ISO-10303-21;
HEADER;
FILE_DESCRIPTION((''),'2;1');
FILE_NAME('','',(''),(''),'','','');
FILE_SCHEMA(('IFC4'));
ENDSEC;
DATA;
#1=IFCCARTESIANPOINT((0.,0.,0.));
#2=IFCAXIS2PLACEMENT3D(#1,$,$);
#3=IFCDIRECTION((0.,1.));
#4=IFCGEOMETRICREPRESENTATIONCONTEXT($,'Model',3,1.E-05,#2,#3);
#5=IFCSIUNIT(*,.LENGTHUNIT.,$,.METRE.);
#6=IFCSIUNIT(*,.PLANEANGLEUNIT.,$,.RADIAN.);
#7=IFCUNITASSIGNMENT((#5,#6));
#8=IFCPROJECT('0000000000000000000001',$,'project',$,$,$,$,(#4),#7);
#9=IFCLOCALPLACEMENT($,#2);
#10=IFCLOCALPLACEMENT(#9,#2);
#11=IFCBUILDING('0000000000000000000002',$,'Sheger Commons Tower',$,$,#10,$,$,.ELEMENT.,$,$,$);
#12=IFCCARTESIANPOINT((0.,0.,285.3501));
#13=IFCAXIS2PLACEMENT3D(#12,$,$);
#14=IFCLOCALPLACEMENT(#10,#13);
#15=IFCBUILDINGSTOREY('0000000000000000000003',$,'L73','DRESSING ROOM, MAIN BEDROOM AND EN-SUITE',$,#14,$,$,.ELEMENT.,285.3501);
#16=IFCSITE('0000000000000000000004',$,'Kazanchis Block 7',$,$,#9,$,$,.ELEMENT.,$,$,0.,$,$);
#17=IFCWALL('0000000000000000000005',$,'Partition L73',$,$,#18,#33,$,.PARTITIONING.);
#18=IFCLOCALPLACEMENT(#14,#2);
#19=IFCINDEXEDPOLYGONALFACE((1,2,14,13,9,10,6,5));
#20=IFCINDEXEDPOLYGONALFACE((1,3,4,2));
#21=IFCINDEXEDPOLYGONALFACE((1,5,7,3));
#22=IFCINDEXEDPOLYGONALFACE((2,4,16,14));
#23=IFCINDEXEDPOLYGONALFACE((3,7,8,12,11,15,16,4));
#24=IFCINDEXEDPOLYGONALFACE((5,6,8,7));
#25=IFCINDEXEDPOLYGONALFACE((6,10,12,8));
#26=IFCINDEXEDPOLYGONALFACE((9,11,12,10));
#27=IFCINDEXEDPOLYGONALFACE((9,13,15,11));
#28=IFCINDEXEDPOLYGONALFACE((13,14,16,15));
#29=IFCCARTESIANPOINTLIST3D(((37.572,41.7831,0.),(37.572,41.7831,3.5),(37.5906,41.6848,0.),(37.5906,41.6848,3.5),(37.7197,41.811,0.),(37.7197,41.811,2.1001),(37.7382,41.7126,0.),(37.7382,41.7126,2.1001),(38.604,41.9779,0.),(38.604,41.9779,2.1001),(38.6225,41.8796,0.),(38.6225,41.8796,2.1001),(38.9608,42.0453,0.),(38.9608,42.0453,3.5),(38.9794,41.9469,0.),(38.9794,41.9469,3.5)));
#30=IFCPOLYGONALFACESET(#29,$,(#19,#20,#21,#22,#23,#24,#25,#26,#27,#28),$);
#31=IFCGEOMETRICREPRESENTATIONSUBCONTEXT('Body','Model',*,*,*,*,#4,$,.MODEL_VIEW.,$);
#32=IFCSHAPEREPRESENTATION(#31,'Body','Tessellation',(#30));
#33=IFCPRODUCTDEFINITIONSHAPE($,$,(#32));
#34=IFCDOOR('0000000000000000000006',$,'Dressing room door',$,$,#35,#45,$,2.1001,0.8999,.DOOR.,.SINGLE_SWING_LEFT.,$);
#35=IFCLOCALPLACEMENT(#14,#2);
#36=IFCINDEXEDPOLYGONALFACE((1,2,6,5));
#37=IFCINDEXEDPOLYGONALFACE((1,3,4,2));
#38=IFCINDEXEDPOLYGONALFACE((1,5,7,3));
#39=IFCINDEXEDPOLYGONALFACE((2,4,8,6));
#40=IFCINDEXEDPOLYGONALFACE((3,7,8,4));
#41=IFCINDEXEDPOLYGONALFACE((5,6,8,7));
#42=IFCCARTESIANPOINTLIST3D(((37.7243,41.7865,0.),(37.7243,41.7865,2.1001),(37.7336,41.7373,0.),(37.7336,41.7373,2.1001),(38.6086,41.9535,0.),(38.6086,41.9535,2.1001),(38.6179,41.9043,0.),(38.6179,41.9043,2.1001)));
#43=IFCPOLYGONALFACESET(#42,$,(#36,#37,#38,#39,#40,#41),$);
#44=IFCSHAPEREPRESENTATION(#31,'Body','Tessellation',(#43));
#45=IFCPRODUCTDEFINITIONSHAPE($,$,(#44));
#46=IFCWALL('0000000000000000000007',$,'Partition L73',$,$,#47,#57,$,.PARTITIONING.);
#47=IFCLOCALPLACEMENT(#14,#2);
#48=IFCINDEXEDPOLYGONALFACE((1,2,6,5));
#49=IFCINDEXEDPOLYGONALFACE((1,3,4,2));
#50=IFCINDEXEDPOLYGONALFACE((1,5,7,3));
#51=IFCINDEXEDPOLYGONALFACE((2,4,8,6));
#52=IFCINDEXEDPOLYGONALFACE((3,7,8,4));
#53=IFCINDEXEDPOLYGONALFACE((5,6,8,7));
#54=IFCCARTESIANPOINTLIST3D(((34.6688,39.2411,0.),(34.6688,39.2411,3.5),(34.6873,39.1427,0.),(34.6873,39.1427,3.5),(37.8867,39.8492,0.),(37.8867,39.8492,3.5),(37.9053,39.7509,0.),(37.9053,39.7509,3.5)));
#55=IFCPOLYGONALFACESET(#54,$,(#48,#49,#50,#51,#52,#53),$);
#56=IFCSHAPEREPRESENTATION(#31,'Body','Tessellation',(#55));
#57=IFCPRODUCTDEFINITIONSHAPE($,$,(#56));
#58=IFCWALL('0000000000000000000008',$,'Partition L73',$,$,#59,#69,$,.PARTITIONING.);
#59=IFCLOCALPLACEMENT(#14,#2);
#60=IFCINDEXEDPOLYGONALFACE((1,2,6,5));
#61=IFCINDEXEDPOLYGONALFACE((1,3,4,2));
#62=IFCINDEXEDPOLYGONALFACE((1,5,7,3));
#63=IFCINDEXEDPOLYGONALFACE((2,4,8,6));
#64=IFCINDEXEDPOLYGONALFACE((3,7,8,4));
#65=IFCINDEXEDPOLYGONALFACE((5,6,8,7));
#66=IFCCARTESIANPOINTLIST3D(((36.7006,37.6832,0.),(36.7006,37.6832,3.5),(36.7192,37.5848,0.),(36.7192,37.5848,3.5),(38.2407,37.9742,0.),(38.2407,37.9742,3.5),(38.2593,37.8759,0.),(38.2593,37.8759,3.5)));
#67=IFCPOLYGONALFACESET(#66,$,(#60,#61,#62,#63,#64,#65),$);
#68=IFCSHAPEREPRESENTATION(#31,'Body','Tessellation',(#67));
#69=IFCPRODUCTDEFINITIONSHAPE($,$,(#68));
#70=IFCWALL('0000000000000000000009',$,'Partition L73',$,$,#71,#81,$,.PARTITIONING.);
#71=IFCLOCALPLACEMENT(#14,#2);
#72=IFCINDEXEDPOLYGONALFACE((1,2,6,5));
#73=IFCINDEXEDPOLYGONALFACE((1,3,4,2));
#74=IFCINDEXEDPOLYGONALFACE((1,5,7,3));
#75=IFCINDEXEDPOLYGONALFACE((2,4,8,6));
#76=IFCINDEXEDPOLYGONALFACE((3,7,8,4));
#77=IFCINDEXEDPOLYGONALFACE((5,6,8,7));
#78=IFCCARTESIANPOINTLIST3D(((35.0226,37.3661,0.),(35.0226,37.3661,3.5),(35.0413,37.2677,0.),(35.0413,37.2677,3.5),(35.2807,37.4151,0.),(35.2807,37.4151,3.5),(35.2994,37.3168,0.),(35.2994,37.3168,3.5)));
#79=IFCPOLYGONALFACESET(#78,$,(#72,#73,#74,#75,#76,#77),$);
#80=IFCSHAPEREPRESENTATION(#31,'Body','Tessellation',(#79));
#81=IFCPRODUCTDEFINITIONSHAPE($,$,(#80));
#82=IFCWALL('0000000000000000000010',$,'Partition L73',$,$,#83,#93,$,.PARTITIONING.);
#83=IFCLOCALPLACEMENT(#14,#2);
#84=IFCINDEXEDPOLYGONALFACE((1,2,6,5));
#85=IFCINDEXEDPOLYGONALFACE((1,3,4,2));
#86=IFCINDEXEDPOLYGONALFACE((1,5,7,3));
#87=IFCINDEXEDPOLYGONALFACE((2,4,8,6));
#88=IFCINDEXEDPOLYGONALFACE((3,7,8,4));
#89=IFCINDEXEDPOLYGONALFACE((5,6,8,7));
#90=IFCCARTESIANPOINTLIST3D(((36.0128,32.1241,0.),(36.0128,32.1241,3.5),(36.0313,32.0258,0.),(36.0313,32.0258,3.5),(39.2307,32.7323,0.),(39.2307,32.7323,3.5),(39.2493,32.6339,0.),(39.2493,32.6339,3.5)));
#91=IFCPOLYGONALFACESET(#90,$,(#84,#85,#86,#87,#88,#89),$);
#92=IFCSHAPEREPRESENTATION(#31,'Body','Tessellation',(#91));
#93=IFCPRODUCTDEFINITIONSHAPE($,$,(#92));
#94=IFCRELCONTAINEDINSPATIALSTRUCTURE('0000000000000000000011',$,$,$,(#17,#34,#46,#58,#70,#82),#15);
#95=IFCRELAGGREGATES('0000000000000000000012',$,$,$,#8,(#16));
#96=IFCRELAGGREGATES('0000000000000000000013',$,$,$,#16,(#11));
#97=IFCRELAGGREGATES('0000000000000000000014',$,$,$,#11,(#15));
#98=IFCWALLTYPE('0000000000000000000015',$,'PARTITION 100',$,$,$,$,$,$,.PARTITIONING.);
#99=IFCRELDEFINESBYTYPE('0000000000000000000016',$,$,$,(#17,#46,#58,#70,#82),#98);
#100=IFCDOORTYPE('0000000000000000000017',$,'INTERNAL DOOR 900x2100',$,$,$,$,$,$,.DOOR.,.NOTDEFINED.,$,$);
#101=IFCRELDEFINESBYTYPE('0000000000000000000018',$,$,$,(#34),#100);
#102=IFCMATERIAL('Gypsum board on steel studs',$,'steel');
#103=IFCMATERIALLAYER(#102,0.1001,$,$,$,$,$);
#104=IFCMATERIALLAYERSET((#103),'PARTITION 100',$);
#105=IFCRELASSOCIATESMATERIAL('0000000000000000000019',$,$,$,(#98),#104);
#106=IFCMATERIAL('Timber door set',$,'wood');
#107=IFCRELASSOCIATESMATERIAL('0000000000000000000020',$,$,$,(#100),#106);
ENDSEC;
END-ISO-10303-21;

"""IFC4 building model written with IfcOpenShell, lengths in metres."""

from ifc_helpers import new_model, si_unit, direction, frame, frame_2d, origin, place, context, subcontext, project, spatial, rectangle, extrude, material, layer, layer_set, type_object, element, fill, save


model = new_model("IFC4")

# Units and contexts
model_context = context("Model", 3, precision=1e-05, world=origin(), true_north=direction((0.0, 1.0)))
body_context = subcontext(model_context, "Body", "Model", "MODEL_VIEW")
ifc_project = project(units=[si_unit("LENGTHUNIT", "METRE"), si_unit("PLANEANGLEUNIT", "RADIAN")], contexts=[model_context])

# Site, building, storey
site_placement = place(None, origin())
site = spatial("IfcSite", under=ifc_project, at=site_placement, Name="Kazanchis Block 7", CompositionType="ELEMENT", RefElevation=0.0)
building_placement = place(site_placement, origin())
building = spatial("IfcBuilding", under=site, at=building_placement, Name="Sheger Commons Tower", CompositionType="ELEMENT")
storey_placement = place(building_placement, frame((0.0, 0.0, 285.3501)))
storey = spatial("IfcBuildingStorey", under=building, at=storey_placement, Name="L73", Description="DRESSING ROOM, MAIN BEDROOM AND EN-SUITE", CompositionType="ELEMENT", Elevation=285.3501)

# Shared definitions
ifc_material_1 = material(Name="Gypsum board on steel studs", Category="steel")
ifc_layer_1 = layer(ifc_material_1, 0.1001)
ifc_layer_set_1 = layer_set([ifc_layer_1], Name="PARTITION 100")
wall_type_1 = type_object("IfcWallType", Name="PARTITION 100", PredefinedType="PARTITIONING", material=ifc_layer_set_1)

# Wall, opening, door
wall_1_placement = place(storey_placement, frame((38.97, 41.9961, 0.0), z_axis=(0.0, 0.0, 1.0), x_axis=(-0.982643, -0.185509, 0.0)))
wall_1 = element("IfcWall", 1, at=wall_1_placement, inside=storey, type_object=wall_type_1, Name="Partition L73", PredefinedType="PARTITIONING", context=body_context, shape_type="SweptSolid", body=[
    extrude(rectangle(XDim=1.4133, YDim=0.1001, at=frame_2d((0.7065, 0.0))), origin(), (0.0, 0.0, 1.0), 3.5),
])
opening_1_placement = place(wall_1_placement, frame((0.363, 0.0, 0.0)))
opening_1 = element("IfcOpeningElement", 2, at=opening_1_placement, cuts=wall_1, PredefinedType="OPENING", context=body_context, shape_type="SweptSolid", body=[
    extrude(rectangle(XDim=0.8999, YDim=2.1001, at=frame_2d((0.45, 1.05))), frame((0.0, 0.0601, 0.0), z_axis=(0.0, -1.0, 0.0), x_axis=(1.0, 0.0, 0.0)), (0.0, 0.0, 1.0), 0.1201),
])
ifc_material_2 = material(Name="Timber door set", Category="wood")
door_type_1 = type_object("IfcDoorType", Name="INTERNAL DOOR 900x2100", OperationType="NOTDEFINED", PredefinedType="DOOR", material=ifc_material_2)
door_1_placement = place(opening_1_placement, origin())
door_1 = element("IfcDoor", 3, at=door_1_placement, inside=storey, type_object=door_type_1, Name="Dressing room door", OperationType="SINGLE_SWING_LEFT", OverallHeight=2.1001, OverallWidth=0.8999, PredefinedType="DOOR", context=body_context, shape_type="SweptSolid", body=[
    extrude(rectangle(XDim=0.8999, YDim=2.1001, at=frame_2d((0.45, 1.05))), frame((0.0, 0.0249, 0.0), z_axis=(0.0, -1.0, 0.0), x_axis=(1.0, 0.0, 0.0)), (0.0, 0.0, 1.0), 0.05),
])
fill(opening_1, door_1)

# Walls
wall_2_placement = place(storey_placement, frame((37.896, 39.8, 0.0), z_axis=(0.0, 0.0, 1.0), x_axis=(-0.982607, -0.185697, 0.0)))
element("IfcWall", 4, at=wall_2_placement, inside=storey, type_object=wall_type_1, Name="Partition L73", PredefinedType="PARTITIONING", context=body_context, shape_type="SweptSolid", body=[
    extrude(rectangle(XDim=3.2749, YDim=0.1001, at=frame_2d((1.6375, 0.0))), origin(), (0.0, 0.0, 1.0), 3.5),
])
wall_3_placement = place(storey_placement, frame((38.25, 37.925, 0.0), z_axis=(0.0, 0.0, 1.0), x_axis=(-0.98261, -0.18568, 0.0)))
element("IfcWall", 5, at=wall_3_placement, inside=storey, type_object=wall_type_1, Name="Partition L73", PredefinedType="PARTITIONING", context=body_context, shape_type="SweptSolid", body=[
    extrude(rectangle(XDim=1.5674, YDim=0.1001, at=frame_2d((0.7837, 0.0))), origin(), (0.0, 0.0, 1.0), 3.5),
])
wall_4_placement = place(storey_placement, frame((35.29, 37.366, 0.0), z_axis=(0.0, 0.0, 1.0), x_axis=(-0.982395, -0.186813, 0.0)))
element("IfcWall", 6, at=wall_4_placement, inside=storey, type_object=wall_type_1, Name="Partition L73", PredefinedType="PARTITIONING", context=body_context, shape_type="SweptSolid", body=[
    extrude(rectangle(XDim=0.2627, YDim=0.1001, at=frame_2d((0.1313, 0.0))), origin(), (0.0, 0.0, 1.0), 3.5),
])
wall_5_placement = place(storey_placement, frame((39.24, 32.6831, 0.0), z_axis=(0.0, 0.0, 1.0), x_axis=(-0.982607, -0.185697, 0.0)))
element("IfcWall", 7, at=wall_5_placement, inside=storey, type_object=wall_type_1, Name="Partition L73", PredefinedType="PARTITIONING", context=body_context, shape_type="SweptSolid", body=[
    extrude(rectangle(XDim=3.2749, YDim=0.1001, at=frame_2d((1.6375, 0.0))), origin(), (0.0, 0.0, 1.0), 3.5),
])

save(model, "model.ifc")
